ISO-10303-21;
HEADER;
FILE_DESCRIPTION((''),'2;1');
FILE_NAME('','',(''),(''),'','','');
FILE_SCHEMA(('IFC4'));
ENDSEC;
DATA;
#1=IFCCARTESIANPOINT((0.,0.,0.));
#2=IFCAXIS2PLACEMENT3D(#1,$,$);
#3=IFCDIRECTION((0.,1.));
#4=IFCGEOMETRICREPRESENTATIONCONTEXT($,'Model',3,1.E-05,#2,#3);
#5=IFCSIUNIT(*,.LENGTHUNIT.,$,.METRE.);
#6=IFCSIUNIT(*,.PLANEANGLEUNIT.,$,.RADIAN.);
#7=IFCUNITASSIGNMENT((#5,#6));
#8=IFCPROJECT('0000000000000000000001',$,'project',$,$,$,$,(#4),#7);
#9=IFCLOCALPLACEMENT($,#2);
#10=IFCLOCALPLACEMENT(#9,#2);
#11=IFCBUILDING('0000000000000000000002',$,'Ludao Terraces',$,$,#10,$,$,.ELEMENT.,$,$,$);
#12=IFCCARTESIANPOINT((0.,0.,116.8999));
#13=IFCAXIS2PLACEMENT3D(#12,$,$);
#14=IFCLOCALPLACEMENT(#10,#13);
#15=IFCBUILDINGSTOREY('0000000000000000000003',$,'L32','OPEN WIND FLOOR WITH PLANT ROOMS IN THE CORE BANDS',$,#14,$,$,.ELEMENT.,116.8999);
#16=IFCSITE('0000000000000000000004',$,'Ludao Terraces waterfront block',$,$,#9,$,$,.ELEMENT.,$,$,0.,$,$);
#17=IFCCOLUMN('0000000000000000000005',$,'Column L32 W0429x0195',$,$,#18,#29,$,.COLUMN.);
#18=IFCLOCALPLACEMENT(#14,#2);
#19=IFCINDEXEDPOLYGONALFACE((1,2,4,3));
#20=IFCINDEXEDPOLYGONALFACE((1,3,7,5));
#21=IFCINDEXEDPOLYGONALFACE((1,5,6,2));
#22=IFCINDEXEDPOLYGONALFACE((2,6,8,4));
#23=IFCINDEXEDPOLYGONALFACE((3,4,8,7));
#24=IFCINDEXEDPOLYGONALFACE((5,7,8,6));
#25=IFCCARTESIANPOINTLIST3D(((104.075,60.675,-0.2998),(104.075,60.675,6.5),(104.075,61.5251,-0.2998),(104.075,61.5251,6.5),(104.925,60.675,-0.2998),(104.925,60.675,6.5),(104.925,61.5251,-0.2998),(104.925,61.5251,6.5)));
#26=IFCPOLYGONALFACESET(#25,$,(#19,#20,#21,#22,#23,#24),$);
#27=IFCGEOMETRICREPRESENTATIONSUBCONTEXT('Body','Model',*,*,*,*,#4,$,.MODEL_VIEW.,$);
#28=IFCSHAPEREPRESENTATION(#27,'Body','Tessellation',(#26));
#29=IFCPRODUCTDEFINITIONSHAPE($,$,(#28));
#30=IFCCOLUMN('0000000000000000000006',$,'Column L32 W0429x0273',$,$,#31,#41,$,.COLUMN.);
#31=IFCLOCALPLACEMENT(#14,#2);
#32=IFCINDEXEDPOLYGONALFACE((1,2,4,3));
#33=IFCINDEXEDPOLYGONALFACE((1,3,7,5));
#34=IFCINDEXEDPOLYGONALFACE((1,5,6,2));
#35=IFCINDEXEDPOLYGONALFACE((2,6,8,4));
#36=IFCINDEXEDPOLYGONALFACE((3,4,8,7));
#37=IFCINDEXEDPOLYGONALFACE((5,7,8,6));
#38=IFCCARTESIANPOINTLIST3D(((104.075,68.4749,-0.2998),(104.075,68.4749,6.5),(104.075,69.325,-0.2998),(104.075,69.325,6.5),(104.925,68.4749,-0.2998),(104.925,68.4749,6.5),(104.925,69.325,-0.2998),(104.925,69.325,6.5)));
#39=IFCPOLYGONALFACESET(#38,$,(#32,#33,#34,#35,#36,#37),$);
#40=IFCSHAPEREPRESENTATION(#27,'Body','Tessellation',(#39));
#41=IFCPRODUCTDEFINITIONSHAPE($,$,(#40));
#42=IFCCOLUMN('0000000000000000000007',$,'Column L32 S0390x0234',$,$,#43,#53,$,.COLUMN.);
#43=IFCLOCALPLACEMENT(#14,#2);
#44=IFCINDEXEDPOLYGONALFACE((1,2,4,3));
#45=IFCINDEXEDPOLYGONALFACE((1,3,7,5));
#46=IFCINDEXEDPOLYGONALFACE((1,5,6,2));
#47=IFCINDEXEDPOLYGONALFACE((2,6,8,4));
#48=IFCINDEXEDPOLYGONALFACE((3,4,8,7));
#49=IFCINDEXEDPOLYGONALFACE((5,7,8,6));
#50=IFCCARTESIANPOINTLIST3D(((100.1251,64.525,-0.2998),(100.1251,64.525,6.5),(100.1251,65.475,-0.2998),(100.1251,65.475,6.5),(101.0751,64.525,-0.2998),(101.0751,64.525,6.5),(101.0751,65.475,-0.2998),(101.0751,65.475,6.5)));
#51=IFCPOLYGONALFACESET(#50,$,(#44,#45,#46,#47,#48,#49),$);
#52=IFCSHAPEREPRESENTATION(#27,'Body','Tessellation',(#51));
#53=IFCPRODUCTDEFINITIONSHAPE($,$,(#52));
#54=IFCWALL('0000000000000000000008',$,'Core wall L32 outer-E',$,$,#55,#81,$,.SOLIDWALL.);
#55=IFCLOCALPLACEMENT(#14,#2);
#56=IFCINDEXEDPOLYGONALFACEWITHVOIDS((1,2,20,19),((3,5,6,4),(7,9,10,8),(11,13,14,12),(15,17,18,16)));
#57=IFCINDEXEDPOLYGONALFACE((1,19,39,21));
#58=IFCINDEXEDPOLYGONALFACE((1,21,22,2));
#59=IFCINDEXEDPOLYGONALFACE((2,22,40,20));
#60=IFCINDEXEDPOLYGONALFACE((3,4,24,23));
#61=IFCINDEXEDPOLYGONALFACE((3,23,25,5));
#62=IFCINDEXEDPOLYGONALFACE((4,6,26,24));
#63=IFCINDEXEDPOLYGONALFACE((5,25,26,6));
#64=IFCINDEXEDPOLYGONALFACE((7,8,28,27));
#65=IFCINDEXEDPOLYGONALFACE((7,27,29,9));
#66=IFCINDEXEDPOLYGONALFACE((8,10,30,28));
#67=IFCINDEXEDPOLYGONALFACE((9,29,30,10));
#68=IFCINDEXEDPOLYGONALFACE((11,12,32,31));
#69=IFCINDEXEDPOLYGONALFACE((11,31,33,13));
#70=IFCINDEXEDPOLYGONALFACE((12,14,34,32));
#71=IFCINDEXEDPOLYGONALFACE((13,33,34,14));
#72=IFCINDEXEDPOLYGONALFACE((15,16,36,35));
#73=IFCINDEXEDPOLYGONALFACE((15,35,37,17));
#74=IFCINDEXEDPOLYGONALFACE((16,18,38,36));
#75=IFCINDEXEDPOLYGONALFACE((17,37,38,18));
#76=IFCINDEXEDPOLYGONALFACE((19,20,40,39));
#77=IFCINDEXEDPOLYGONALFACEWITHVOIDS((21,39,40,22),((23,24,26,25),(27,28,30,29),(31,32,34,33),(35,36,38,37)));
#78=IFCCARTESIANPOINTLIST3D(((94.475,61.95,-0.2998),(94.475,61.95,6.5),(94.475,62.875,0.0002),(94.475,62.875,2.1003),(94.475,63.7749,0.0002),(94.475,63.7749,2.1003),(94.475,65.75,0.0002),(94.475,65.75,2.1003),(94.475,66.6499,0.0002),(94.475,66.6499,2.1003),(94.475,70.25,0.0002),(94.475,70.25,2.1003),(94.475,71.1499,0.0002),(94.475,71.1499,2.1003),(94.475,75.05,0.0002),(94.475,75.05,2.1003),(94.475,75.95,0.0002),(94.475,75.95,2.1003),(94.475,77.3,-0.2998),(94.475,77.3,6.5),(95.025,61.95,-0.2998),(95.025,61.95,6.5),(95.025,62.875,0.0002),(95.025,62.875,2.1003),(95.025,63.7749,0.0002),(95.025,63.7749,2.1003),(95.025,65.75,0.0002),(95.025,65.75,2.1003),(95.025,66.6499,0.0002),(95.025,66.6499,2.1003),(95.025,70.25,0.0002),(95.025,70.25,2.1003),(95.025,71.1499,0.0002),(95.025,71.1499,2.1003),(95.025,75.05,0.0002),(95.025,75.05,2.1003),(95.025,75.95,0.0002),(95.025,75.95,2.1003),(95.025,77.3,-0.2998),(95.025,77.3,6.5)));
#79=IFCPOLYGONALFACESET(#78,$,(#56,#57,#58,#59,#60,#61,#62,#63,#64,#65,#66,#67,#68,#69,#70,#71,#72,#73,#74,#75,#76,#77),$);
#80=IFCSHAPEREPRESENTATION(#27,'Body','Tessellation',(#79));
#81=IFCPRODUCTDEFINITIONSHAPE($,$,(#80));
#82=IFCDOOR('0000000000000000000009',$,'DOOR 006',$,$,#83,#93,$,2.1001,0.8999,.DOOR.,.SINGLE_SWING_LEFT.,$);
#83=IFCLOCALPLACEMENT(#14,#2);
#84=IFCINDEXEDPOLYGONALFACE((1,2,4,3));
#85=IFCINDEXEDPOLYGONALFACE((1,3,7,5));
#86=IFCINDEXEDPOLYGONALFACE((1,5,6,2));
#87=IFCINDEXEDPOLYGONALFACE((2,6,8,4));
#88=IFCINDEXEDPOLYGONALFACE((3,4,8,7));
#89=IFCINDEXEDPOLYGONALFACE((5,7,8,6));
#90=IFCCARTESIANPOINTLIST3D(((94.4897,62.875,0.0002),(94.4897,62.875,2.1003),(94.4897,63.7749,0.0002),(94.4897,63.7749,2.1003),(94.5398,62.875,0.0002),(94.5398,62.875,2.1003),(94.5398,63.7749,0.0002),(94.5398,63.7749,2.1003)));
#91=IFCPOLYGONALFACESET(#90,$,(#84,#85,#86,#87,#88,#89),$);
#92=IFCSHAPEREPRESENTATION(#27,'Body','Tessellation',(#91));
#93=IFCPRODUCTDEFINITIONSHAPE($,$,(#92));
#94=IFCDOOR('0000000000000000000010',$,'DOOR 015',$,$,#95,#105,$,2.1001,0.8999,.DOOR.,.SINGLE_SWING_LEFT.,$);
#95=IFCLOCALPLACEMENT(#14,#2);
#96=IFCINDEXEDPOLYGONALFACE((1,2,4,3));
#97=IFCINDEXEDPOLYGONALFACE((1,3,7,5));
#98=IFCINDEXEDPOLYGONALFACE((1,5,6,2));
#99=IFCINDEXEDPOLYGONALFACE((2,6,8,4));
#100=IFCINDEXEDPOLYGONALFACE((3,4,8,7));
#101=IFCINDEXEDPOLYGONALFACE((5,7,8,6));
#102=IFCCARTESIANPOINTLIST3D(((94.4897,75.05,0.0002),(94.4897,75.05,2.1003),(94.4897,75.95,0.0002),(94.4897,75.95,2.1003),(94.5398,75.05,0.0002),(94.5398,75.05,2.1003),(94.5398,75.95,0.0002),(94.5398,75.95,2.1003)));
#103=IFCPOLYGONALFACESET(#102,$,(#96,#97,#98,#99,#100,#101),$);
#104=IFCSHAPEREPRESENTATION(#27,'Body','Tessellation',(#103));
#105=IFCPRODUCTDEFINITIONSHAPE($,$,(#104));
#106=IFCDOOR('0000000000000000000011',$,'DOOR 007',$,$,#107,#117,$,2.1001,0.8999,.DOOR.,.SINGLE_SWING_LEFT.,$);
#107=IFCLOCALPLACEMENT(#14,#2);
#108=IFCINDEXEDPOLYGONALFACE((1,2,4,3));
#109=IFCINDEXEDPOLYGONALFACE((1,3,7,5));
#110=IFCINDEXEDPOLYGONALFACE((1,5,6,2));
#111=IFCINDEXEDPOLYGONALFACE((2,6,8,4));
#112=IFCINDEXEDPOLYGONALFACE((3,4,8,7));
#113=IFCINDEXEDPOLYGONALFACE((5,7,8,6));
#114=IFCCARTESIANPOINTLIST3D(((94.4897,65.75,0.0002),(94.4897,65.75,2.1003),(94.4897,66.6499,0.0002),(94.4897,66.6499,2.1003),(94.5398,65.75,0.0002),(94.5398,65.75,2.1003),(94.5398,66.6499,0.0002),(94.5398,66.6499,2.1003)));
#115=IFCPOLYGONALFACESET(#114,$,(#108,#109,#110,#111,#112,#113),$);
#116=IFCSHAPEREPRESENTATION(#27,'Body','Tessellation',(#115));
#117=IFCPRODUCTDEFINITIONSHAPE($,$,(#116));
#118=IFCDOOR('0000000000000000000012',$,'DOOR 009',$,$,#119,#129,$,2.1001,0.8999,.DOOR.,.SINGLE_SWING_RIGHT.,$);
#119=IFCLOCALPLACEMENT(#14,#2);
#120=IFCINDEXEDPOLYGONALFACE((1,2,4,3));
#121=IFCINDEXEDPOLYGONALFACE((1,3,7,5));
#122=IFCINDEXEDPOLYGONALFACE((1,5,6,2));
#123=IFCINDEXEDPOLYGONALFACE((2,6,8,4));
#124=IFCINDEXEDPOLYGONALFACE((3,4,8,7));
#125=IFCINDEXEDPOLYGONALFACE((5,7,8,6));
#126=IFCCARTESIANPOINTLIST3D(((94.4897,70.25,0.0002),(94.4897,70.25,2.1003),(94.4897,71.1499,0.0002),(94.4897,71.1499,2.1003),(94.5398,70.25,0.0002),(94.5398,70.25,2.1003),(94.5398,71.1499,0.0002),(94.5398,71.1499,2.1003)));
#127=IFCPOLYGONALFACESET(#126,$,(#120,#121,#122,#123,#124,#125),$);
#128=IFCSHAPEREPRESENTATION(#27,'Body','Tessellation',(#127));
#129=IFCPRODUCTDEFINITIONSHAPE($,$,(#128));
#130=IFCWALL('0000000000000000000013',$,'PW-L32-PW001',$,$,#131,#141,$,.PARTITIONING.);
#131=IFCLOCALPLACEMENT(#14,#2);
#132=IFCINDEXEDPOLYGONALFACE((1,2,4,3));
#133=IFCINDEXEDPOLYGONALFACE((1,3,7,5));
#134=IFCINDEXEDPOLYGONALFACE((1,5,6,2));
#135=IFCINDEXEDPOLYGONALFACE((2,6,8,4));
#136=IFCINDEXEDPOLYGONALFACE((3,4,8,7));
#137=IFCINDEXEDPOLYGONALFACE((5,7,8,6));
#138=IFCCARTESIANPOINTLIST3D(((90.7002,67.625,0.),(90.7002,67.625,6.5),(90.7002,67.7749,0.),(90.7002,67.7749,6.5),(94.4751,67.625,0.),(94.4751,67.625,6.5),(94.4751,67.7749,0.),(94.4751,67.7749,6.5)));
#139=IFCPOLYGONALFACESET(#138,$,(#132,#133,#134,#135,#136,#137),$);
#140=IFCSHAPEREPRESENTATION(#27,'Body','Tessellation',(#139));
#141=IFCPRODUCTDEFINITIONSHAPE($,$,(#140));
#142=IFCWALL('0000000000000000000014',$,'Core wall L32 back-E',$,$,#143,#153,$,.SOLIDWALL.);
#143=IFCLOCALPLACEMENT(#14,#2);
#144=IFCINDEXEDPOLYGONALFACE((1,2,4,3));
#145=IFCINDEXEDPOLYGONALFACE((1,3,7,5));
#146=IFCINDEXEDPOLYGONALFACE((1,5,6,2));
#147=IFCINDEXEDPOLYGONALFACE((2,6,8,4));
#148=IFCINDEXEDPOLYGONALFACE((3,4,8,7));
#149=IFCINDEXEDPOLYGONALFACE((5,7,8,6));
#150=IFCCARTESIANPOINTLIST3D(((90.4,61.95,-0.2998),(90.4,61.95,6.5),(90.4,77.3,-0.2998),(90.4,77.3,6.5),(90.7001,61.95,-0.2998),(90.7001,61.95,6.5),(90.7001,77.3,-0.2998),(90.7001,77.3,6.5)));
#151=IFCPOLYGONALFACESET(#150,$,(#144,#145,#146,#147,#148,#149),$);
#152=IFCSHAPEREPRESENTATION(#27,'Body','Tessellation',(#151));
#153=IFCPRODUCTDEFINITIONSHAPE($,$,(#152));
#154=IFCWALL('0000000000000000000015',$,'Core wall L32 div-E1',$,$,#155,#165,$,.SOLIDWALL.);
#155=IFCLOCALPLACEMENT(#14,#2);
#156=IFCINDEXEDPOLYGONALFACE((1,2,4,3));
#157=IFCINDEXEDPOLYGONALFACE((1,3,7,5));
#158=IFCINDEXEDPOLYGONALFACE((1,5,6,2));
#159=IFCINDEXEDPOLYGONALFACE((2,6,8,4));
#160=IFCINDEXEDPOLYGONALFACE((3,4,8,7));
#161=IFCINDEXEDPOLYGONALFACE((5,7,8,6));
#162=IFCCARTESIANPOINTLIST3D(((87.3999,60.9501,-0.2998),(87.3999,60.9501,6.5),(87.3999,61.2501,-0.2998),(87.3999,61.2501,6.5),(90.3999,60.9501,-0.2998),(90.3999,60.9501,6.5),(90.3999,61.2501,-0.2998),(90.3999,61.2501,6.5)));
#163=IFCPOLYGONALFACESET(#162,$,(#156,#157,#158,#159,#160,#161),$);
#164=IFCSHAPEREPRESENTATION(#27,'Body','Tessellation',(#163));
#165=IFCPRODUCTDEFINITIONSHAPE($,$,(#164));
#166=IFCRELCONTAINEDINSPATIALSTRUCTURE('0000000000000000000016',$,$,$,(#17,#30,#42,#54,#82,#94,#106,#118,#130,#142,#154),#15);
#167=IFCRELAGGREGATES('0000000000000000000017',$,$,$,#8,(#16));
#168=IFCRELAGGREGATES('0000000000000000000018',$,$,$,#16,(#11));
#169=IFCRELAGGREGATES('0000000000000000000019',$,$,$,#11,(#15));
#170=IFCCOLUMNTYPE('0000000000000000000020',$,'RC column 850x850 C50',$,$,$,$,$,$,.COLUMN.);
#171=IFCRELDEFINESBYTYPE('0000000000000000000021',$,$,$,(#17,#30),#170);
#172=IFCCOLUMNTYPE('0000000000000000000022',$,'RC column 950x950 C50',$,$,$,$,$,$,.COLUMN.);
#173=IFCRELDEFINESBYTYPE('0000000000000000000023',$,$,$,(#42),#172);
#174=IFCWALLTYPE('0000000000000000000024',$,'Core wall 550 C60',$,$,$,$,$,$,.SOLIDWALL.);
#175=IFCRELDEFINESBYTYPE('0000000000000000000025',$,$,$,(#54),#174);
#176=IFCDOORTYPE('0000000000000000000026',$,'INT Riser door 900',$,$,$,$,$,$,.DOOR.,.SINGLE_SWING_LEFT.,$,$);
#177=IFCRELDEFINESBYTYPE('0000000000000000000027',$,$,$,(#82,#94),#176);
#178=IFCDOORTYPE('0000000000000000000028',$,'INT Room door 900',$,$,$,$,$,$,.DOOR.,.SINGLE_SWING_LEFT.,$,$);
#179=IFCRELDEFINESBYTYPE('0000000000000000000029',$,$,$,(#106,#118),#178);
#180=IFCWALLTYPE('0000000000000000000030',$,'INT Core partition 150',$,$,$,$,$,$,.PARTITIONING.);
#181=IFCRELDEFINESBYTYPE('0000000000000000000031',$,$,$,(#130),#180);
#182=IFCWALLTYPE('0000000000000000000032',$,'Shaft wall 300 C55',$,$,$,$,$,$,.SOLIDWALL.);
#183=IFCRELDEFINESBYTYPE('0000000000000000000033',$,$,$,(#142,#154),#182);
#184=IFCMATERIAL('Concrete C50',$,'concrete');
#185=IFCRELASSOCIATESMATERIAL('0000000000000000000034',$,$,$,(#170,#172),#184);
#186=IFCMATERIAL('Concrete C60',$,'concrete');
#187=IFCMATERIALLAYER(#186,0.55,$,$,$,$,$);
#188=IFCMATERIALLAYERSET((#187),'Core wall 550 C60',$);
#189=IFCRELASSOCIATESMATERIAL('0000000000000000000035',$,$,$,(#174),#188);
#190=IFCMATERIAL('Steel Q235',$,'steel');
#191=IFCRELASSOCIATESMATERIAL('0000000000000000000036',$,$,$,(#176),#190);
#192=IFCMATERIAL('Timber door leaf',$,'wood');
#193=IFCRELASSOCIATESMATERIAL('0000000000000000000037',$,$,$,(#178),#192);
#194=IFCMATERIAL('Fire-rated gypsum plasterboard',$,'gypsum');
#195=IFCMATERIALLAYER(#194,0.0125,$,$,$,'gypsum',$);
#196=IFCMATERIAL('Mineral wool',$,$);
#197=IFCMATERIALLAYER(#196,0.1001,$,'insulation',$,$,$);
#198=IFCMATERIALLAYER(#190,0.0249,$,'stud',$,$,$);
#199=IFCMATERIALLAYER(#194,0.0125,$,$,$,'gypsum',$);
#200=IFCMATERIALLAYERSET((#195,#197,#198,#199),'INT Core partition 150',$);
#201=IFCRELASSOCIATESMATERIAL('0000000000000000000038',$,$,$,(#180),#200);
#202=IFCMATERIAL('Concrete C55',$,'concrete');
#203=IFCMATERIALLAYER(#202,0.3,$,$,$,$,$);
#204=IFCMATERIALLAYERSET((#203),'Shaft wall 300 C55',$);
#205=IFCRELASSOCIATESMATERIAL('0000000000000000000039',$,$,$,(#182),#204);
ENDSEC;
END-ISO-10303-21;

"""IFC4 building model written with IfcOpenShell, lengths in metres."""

from ifc_helpers import new_model, si_unit, direction, frame, frame_2d, origin, origin_2d, place, context, subcontext, project, spatial, rectangle, extrude, material, layer, layer_set, material_profile, profile_set, type_object, element, fill, save


model = new_model("IFC4")

# Units and contexts
model_context = context("Model", 3, precision=1e-05, world=origin(), true_north=direction((0.0, 1.0)))
body_context = subcontext(model_context, "Body", "Model", "MODEL_VIEW")
ifc_project = project(units=[si_unit("LENGTHUNIT", "METRE"), si_unit("PLANEANGLEUNIT", "RADIAN")], contexts=[model_context])

# Site, building, storey
site_placement = place(None, origin())
site = spatial("IfcSite", under=ifc_project, at=site_placement, Name="Ludao Terraces waterfront block", CompositionType="ELEMENT", RefElevation=0.0)
building_placement = place(site_placement, origin())
building = spatial("IfcBuilding", under=site, at=building_placement, Name="Ludao Terraces", CompositionType="ELEMENT")
storey_placement = place(building_placement, frame((0.0, 0.0, 116.8999)))
storey = spatial("IfcBuildingStorey", under=building, at=storey_placement, Name="L32", Description="OPEN WIND FLOOR WITH PLANT ROOMS IN THE CORE BANDS", CompositionType="ELEMENT", Elevation=116.8999)

# Columns
ifc_material_1 = material(Name="Concrete C50", Category="concrete")
ifc_material_profile_1 = material_profile(ifc_material_1, rectangle(XDim=0.8501, YDim=0.8501, at=origin_2d()), Name="850 X 850")
ifc_profile_set_1 = profile_set([ifc_material_profile_1], Name="Concrete C50")
column_type_1 = type_object("IfcColumnType", Name="RC column 850x850 C50", PredefinedType="COLUMN", material=ifc_profile_set_1)
for number, where, z_axis, x_axis, name in (
    (1, (104.5, 61.1001, -0.2998), (0.0, 0.0, 1.0), (1.0, 0.0, 0.0), "Column L32 W0429x0195"),
    (2, (104.5, 68.8999, -0.2998), (0.0, 0.0, 1.0), (1.0, 0.0, 0.0), "Column L32 W0429x0273"),
):
    element("IfcColumn", number, at=place(storey_placement, frame(where, z_axis=z_axis, x_axis=x_axis)), inside=storey, type_object=column_type_1, Name=name, PredefinedType="COLUMN", context=body_context, shape_type="SweptSolid", body=[
        extrude(rectangle(XDim=0.8501, YDim=0.8501, at=origin_2d()), origin(), (0.0, 0.0, 1.0), 6.7998),
    ])
ifc_material_profile_2 = material_profile(ifc_material_1, rectangle(XDim=0.95, YDim=0.95, at=origin_2d()), Name="950 X 950")
ifc_profile_set_2 = profile_set([ifc_material_profile_2], Name="Concrete C50")
column_type_2 = type_object("IfcColumnType", Name="RC column 950x950 C50", PredefinedType="COLUMN", material=ifc_profile_set_2)
column_placement = place(storey_placement, frame((100.6001, 65.0, -0.2998), z_axis=(0.0, 0.0, 1.0), x_axis=(1.0, 0.0, 0.0)))
element("IfcColumn", 3, at=column_placement, inside=storey, type_object=column_type_2, Name="Column L32 S0390x0234", PredefinedType="COLUMN", context=body_context, shape_type="SweptSolid", body=[
    extrude(rectangle(XDim=0.95, YDim=0.95, at=origin_2d()), origin(), (0.0, 0.0, 1.0), 6.7998),
])

# Wall, openings, doors
ifc_material_2 = material(Name="Concrete C60", Category="concrete")
ifc_layer_1 = layer(ifc_material_2, 0.55)
ifc_layer_set_1 = layer_set([ifc_layer_1], Name="Core wall 550 C60")
wall_type_1 = type_object("IfcWallType", Name="Core wall 550 C60", PredefinedType="SOLIDWALL", material=ifc_layer_set_1)
wall_1_placement = place(storey_placement, frame((94.75, 61.95, -0.2998), z_axis=(0.0, 0.0, 1.0), x_axis=(0.0, 1.0, 0.0)))
wall_1 = element("IfcWall", 4, at=wall_1_placement, inside=storey, type_object=wall_type_1, Name="Core wall L32 outer-E", PredefinedType="SOLIDWALL", context=body_context, shape_type="SweptSolid", body=[
    extrude(rectangle(XDim=15.3501, YDim=0.55, at=frame_2d((7.675, 0.0))), origin(), (0.0, 0.0, 1.0), 6.7998),
])
opening_1_placement = place(wall_1_placement, frame((0.925, 0.0, 0.3)))
opening_1 = element("IfcOpeningElement", 5, at=opening_1_placement, cuts=wall_1, PredefinedType="OPENING", context=body_context, shape_type="SweptSolid", body=[
    extrude(rectangle(XDim=0.8999, YDim=2.1001, at=frame_2d((0.45, 1.05))), frame((0.0, 0.2852, 0.0), z_axis=(0.0, -1.0, 0.0), x_axis=(1.0, 0.0, 0.0)), (0.0, 0.0, 1.0), 0.5701),
])
opening_2_placement = place(wall_1_placement, frame((3.8, 0.0, 0.3)))
opening_2 = element("IfcOpeningElement", 6, at=opening_2_placement, cuts=wall_1, PredefinedType="OPENING", context=body_context, shape_type="SweptSolid", body=[
    extrude(rectangle(XDim=0.8999, YDim=2.1001, at=frame_2d((0.45, 1.05))), frame((0.0, 0.2852, 0.0), z_axis=(0.0, -1.0, 0.0), x_axis=(1.0, 0.0, 0.0)), (0.0, 0.0, 1.0), 0.5701),
])
opening_3_placement = place(wall_1_placement, frame((8.3, 0.0, 0.3)))
opening_3 = element("IfcOpeningElement", 7, at=opening_3_placement, cuts=wall_1, PredefinedType="OPENING", context=body_context, shape_type="SweptSolid", body=[
    extrude(rectangle(XDim=0.8999, YDim=2.1001, at=frame_2d((0.45, 1.05))), frame((0.0, 0.2852, 0.0), z_axis=(0.0, -1.0, 0.0), x_axis=(1.0, 0.0, 0.0)), (0.0, 0.0, 1.0), 0.5701),
])
opening_4_placement = place(wall_1_placement, frame((13.1001, 0.0, 0.3)))
opening_4 = element("IfcOpeningElement", 8, at=opening_4_placement, cuts=wall_1, PredefinedType="OPENING", context=body_context, shape_type="SweptSolid", body=[
    extrude(rectangle(XDim=0.8999, YDim=2.1001, at=frame_2d((0.45, 1.05))), frame((0.0, 0.2852, 0.0), z_axis=(0.0, -1.0, 0.0), x_axis=(1.0, 0.0, 0.0)), (0.0, 0.0, 1.0), 0.5701),
])
ifc_material_3 = material(Name="Steel Q235", Category="steel")
door_type_1 = type_object("IfcDoorType", Name="INT Riser door 900", OperationType="SINGLE_SWING_LEFT", PredefinedType="DOOR", material=ifc_material_3)
door_1_placement = place(opening_1_placement, origin())
door_1 = element("IfcDoor", 9, at=door_1_placement, inside=storey, type_object=door_type_1, Name="DOOR 006", OperationType="SINGLE_SWING_LEFT", OverallHeight=2.1001, OverallWidth=0.8999, PredefinedType="DOOR", context=body_context, shape_type="SweptSolid", body=[
    extrude(rectangle(XDim=0.8999, YDim=2.1001, at=frame_2d((0.45, 1.05))), frame((0.0, 0.2603, 0.0), z_axis=(0.0, -1.0, 0.0), x_axis=(1.0, 0.0, 0.0)), (0.0, 0.0, 1.0), 0.05),
])
fill(opening_1, door_1)
door_2_placement = place(opening_4_placement, origin())
door_2 = element("IfcDoor", 10, at=door_2_placement, inside=storey, type_object=door_type_1, Name="DOOR 015", OperationType="SINGLE_SWING_LEFT", OverallHeight=2.1001, OverallWidth=0.8999, PredefinedType="DOOR", context=body_context, shape_type="SweptSolid", body=[
    extrude(rectangle(XDim=0.8999, YDim=2.1001, at=frame_2d((0.45, 1.05))), frame((0.0, 0.2603, 0.0), z_axis=(0.0, -1.0, 0.0), x_axis=(1.0, 0.0, 0.0)), (0.0, 0.0, 1.0), 0.05),
])
fill(opening_4, door_2)
ifc_material_4 = material(Name="Timber door leaf", Category="wood")
door_type_2 = type_object("IfcDoorType", Name="INT Room door 900", OperationType="SINGLE_SWING_LEFT", PredefinedType="DOOR", material=ifc_material_4)
door_3_placement = place(opening_2_placement, origin())
door_3 = element("IfcDoor", 11, at=door_3_placement, inside=storey, type_object=door_type_2, Name="DOOR 007", OperationType="SINGLE_SWING_LEFT", OverallHeight=2.1001, OverallWidth=0.8999, PredefinedType="DOOR", context=body_context, shape_type="SweptSolid", body=[
    extrude(rectangle(XDim=0.8999, YDim=2.1001, at=frame_2d((0.45, 1.05))), frame((0.0, 0.2603, 0.0), z_axis=(0.0, -1.0, 0.0), x_axis=(1.0, 0.0, 0.0)), (0.0, 0.0, 1.0), 0.05),
])
fill(opening_2, door_3)
door_4_placement = place(opening_3_placement, origin())
door_4 = element("IfcDoor", 12, at=door_4_placement, inside=storey, type_object=door_type_2, Name="DOOR 009", OperationType="SINGLE_SWING_RIGHT", OverallHeight=2.1001, OverallWidth=0.8999, PredefinedType="DOOR", context=body_context, shape_type="SweptSolid", body=[
    extrude(rectangle(XDim=0.8999, YDim=2.1001, at=frame_2d((0.45, 1.05))), frame((0.0, 0.2603, 0.0), z_axis=(0.0, -1.0, 0.0), x_axis=(1.0, 0.0, 0.0)), (0.0, 0.0, 1.0), 0.05),
])
fill(opening_3, door_4)

# Walls
ifc_material_5 = material(Name="Fire-rated gypsum plasterboard", Category="gypsum")
ifc_layer_2 = layer(ifc_material_5, 0.0125, Category="gypsum")
ifc_material_6 = material(Name="Mineral wool")
ifc_layer_3 = layer(ifc_material_6, 0.1001, Name="insulation")
ifc_layer_4 = layer(ifc_material_3, 0.0249, Name="stud")
ifc_layer_5 = layer(ifc_material_5, 0.0125, Category="gypsum")
ifc_layer_set_2 = layer_set([ifc_layer_2, ifc_layer_3, ifc_layer_4, ifc_layer_5], Name="INT Core partition 150")
wall_type_2 = type_object("IfcWallType", Name="INT Core partition 150", PredefinedType="PARTITIONING", material=ifc_layer_set_2)
wall_2_placement = place(storey_placement, frame((90.7002, 67.7, 0.0), z_axis=(0.0, 0.0, 1.0), x_axis=(1.0, 0.0, 0.0)))
element("IfcWall", 13, at=wall_2_placement, inside=storey, type_object=wall_type_2, Name="PW-L32-PW001", PredefinedType="PARTITIONING", context=body_context, shape_type="SweptSolid", body=[
    extrude(rectangle(XDim=3.7749, YDim=0.1499, at=frame_2d((1.8875, 0.0))), origin(), (0.0, 0.0, 1.0), 6.5),
])
ifc_material_7 = material(Name="Concrete C55", Category="concrete")
ifc_layer_6 = layer(ifc_material_7, 0.3)
ifc_layer_set_3 = layer_set([ifc_layer_6], Name="Shaft wall 300 C55")
wall_type_3 = type_object("IfcWallType", Name="Shaft wall 300 C55", PredefinedType="SOLIDWALL", material=ifc_layer_set_3)
wall_3_placement = place(storey_placement, frame((90.55, 61.95, -0.2998), z_axis=(0.0, 0.0, 1.0), x_axis=(0.0, 1.0, 0.0)))
element("IfcWall", 14, at=wall_3_placement, inside=storey, type_object=wall_type_3, Name="Core wall L32 back-E", PredefinedType="SOLIDWALL", context=body_context, shape_type="SweptSolid", body=[
    extrude(rectangle(XDim=15.3501, YDim=0.3, at=frame_2d((7.675, 0.0))), origin(), (0.0, 0.0, 1.0), 6.7998),
])
wall_4_placement = place(storey_placement, frame((87.3999, 61.1001, -0.2998), z_axis=(0.0, 0.0, 1.0), x_axis=(1.0, 0.0, 0.0)))
element("IfcWall", 15, at=wall_4_placement, inside=storey, type_object=wall_type_3, Name="Core wall L32 div-E1", PredefinedType="SOLIDWALL", context=body_context, shape_type="SweptSolid", body=[
    extrude(rectangle(XDim=3.0, YDim=0.3, at=frame_2d((1.5, 0.0))), origin(), (0.0, 0.0, 1.0), 6.7998),
])

save(model, "model.ifc")
